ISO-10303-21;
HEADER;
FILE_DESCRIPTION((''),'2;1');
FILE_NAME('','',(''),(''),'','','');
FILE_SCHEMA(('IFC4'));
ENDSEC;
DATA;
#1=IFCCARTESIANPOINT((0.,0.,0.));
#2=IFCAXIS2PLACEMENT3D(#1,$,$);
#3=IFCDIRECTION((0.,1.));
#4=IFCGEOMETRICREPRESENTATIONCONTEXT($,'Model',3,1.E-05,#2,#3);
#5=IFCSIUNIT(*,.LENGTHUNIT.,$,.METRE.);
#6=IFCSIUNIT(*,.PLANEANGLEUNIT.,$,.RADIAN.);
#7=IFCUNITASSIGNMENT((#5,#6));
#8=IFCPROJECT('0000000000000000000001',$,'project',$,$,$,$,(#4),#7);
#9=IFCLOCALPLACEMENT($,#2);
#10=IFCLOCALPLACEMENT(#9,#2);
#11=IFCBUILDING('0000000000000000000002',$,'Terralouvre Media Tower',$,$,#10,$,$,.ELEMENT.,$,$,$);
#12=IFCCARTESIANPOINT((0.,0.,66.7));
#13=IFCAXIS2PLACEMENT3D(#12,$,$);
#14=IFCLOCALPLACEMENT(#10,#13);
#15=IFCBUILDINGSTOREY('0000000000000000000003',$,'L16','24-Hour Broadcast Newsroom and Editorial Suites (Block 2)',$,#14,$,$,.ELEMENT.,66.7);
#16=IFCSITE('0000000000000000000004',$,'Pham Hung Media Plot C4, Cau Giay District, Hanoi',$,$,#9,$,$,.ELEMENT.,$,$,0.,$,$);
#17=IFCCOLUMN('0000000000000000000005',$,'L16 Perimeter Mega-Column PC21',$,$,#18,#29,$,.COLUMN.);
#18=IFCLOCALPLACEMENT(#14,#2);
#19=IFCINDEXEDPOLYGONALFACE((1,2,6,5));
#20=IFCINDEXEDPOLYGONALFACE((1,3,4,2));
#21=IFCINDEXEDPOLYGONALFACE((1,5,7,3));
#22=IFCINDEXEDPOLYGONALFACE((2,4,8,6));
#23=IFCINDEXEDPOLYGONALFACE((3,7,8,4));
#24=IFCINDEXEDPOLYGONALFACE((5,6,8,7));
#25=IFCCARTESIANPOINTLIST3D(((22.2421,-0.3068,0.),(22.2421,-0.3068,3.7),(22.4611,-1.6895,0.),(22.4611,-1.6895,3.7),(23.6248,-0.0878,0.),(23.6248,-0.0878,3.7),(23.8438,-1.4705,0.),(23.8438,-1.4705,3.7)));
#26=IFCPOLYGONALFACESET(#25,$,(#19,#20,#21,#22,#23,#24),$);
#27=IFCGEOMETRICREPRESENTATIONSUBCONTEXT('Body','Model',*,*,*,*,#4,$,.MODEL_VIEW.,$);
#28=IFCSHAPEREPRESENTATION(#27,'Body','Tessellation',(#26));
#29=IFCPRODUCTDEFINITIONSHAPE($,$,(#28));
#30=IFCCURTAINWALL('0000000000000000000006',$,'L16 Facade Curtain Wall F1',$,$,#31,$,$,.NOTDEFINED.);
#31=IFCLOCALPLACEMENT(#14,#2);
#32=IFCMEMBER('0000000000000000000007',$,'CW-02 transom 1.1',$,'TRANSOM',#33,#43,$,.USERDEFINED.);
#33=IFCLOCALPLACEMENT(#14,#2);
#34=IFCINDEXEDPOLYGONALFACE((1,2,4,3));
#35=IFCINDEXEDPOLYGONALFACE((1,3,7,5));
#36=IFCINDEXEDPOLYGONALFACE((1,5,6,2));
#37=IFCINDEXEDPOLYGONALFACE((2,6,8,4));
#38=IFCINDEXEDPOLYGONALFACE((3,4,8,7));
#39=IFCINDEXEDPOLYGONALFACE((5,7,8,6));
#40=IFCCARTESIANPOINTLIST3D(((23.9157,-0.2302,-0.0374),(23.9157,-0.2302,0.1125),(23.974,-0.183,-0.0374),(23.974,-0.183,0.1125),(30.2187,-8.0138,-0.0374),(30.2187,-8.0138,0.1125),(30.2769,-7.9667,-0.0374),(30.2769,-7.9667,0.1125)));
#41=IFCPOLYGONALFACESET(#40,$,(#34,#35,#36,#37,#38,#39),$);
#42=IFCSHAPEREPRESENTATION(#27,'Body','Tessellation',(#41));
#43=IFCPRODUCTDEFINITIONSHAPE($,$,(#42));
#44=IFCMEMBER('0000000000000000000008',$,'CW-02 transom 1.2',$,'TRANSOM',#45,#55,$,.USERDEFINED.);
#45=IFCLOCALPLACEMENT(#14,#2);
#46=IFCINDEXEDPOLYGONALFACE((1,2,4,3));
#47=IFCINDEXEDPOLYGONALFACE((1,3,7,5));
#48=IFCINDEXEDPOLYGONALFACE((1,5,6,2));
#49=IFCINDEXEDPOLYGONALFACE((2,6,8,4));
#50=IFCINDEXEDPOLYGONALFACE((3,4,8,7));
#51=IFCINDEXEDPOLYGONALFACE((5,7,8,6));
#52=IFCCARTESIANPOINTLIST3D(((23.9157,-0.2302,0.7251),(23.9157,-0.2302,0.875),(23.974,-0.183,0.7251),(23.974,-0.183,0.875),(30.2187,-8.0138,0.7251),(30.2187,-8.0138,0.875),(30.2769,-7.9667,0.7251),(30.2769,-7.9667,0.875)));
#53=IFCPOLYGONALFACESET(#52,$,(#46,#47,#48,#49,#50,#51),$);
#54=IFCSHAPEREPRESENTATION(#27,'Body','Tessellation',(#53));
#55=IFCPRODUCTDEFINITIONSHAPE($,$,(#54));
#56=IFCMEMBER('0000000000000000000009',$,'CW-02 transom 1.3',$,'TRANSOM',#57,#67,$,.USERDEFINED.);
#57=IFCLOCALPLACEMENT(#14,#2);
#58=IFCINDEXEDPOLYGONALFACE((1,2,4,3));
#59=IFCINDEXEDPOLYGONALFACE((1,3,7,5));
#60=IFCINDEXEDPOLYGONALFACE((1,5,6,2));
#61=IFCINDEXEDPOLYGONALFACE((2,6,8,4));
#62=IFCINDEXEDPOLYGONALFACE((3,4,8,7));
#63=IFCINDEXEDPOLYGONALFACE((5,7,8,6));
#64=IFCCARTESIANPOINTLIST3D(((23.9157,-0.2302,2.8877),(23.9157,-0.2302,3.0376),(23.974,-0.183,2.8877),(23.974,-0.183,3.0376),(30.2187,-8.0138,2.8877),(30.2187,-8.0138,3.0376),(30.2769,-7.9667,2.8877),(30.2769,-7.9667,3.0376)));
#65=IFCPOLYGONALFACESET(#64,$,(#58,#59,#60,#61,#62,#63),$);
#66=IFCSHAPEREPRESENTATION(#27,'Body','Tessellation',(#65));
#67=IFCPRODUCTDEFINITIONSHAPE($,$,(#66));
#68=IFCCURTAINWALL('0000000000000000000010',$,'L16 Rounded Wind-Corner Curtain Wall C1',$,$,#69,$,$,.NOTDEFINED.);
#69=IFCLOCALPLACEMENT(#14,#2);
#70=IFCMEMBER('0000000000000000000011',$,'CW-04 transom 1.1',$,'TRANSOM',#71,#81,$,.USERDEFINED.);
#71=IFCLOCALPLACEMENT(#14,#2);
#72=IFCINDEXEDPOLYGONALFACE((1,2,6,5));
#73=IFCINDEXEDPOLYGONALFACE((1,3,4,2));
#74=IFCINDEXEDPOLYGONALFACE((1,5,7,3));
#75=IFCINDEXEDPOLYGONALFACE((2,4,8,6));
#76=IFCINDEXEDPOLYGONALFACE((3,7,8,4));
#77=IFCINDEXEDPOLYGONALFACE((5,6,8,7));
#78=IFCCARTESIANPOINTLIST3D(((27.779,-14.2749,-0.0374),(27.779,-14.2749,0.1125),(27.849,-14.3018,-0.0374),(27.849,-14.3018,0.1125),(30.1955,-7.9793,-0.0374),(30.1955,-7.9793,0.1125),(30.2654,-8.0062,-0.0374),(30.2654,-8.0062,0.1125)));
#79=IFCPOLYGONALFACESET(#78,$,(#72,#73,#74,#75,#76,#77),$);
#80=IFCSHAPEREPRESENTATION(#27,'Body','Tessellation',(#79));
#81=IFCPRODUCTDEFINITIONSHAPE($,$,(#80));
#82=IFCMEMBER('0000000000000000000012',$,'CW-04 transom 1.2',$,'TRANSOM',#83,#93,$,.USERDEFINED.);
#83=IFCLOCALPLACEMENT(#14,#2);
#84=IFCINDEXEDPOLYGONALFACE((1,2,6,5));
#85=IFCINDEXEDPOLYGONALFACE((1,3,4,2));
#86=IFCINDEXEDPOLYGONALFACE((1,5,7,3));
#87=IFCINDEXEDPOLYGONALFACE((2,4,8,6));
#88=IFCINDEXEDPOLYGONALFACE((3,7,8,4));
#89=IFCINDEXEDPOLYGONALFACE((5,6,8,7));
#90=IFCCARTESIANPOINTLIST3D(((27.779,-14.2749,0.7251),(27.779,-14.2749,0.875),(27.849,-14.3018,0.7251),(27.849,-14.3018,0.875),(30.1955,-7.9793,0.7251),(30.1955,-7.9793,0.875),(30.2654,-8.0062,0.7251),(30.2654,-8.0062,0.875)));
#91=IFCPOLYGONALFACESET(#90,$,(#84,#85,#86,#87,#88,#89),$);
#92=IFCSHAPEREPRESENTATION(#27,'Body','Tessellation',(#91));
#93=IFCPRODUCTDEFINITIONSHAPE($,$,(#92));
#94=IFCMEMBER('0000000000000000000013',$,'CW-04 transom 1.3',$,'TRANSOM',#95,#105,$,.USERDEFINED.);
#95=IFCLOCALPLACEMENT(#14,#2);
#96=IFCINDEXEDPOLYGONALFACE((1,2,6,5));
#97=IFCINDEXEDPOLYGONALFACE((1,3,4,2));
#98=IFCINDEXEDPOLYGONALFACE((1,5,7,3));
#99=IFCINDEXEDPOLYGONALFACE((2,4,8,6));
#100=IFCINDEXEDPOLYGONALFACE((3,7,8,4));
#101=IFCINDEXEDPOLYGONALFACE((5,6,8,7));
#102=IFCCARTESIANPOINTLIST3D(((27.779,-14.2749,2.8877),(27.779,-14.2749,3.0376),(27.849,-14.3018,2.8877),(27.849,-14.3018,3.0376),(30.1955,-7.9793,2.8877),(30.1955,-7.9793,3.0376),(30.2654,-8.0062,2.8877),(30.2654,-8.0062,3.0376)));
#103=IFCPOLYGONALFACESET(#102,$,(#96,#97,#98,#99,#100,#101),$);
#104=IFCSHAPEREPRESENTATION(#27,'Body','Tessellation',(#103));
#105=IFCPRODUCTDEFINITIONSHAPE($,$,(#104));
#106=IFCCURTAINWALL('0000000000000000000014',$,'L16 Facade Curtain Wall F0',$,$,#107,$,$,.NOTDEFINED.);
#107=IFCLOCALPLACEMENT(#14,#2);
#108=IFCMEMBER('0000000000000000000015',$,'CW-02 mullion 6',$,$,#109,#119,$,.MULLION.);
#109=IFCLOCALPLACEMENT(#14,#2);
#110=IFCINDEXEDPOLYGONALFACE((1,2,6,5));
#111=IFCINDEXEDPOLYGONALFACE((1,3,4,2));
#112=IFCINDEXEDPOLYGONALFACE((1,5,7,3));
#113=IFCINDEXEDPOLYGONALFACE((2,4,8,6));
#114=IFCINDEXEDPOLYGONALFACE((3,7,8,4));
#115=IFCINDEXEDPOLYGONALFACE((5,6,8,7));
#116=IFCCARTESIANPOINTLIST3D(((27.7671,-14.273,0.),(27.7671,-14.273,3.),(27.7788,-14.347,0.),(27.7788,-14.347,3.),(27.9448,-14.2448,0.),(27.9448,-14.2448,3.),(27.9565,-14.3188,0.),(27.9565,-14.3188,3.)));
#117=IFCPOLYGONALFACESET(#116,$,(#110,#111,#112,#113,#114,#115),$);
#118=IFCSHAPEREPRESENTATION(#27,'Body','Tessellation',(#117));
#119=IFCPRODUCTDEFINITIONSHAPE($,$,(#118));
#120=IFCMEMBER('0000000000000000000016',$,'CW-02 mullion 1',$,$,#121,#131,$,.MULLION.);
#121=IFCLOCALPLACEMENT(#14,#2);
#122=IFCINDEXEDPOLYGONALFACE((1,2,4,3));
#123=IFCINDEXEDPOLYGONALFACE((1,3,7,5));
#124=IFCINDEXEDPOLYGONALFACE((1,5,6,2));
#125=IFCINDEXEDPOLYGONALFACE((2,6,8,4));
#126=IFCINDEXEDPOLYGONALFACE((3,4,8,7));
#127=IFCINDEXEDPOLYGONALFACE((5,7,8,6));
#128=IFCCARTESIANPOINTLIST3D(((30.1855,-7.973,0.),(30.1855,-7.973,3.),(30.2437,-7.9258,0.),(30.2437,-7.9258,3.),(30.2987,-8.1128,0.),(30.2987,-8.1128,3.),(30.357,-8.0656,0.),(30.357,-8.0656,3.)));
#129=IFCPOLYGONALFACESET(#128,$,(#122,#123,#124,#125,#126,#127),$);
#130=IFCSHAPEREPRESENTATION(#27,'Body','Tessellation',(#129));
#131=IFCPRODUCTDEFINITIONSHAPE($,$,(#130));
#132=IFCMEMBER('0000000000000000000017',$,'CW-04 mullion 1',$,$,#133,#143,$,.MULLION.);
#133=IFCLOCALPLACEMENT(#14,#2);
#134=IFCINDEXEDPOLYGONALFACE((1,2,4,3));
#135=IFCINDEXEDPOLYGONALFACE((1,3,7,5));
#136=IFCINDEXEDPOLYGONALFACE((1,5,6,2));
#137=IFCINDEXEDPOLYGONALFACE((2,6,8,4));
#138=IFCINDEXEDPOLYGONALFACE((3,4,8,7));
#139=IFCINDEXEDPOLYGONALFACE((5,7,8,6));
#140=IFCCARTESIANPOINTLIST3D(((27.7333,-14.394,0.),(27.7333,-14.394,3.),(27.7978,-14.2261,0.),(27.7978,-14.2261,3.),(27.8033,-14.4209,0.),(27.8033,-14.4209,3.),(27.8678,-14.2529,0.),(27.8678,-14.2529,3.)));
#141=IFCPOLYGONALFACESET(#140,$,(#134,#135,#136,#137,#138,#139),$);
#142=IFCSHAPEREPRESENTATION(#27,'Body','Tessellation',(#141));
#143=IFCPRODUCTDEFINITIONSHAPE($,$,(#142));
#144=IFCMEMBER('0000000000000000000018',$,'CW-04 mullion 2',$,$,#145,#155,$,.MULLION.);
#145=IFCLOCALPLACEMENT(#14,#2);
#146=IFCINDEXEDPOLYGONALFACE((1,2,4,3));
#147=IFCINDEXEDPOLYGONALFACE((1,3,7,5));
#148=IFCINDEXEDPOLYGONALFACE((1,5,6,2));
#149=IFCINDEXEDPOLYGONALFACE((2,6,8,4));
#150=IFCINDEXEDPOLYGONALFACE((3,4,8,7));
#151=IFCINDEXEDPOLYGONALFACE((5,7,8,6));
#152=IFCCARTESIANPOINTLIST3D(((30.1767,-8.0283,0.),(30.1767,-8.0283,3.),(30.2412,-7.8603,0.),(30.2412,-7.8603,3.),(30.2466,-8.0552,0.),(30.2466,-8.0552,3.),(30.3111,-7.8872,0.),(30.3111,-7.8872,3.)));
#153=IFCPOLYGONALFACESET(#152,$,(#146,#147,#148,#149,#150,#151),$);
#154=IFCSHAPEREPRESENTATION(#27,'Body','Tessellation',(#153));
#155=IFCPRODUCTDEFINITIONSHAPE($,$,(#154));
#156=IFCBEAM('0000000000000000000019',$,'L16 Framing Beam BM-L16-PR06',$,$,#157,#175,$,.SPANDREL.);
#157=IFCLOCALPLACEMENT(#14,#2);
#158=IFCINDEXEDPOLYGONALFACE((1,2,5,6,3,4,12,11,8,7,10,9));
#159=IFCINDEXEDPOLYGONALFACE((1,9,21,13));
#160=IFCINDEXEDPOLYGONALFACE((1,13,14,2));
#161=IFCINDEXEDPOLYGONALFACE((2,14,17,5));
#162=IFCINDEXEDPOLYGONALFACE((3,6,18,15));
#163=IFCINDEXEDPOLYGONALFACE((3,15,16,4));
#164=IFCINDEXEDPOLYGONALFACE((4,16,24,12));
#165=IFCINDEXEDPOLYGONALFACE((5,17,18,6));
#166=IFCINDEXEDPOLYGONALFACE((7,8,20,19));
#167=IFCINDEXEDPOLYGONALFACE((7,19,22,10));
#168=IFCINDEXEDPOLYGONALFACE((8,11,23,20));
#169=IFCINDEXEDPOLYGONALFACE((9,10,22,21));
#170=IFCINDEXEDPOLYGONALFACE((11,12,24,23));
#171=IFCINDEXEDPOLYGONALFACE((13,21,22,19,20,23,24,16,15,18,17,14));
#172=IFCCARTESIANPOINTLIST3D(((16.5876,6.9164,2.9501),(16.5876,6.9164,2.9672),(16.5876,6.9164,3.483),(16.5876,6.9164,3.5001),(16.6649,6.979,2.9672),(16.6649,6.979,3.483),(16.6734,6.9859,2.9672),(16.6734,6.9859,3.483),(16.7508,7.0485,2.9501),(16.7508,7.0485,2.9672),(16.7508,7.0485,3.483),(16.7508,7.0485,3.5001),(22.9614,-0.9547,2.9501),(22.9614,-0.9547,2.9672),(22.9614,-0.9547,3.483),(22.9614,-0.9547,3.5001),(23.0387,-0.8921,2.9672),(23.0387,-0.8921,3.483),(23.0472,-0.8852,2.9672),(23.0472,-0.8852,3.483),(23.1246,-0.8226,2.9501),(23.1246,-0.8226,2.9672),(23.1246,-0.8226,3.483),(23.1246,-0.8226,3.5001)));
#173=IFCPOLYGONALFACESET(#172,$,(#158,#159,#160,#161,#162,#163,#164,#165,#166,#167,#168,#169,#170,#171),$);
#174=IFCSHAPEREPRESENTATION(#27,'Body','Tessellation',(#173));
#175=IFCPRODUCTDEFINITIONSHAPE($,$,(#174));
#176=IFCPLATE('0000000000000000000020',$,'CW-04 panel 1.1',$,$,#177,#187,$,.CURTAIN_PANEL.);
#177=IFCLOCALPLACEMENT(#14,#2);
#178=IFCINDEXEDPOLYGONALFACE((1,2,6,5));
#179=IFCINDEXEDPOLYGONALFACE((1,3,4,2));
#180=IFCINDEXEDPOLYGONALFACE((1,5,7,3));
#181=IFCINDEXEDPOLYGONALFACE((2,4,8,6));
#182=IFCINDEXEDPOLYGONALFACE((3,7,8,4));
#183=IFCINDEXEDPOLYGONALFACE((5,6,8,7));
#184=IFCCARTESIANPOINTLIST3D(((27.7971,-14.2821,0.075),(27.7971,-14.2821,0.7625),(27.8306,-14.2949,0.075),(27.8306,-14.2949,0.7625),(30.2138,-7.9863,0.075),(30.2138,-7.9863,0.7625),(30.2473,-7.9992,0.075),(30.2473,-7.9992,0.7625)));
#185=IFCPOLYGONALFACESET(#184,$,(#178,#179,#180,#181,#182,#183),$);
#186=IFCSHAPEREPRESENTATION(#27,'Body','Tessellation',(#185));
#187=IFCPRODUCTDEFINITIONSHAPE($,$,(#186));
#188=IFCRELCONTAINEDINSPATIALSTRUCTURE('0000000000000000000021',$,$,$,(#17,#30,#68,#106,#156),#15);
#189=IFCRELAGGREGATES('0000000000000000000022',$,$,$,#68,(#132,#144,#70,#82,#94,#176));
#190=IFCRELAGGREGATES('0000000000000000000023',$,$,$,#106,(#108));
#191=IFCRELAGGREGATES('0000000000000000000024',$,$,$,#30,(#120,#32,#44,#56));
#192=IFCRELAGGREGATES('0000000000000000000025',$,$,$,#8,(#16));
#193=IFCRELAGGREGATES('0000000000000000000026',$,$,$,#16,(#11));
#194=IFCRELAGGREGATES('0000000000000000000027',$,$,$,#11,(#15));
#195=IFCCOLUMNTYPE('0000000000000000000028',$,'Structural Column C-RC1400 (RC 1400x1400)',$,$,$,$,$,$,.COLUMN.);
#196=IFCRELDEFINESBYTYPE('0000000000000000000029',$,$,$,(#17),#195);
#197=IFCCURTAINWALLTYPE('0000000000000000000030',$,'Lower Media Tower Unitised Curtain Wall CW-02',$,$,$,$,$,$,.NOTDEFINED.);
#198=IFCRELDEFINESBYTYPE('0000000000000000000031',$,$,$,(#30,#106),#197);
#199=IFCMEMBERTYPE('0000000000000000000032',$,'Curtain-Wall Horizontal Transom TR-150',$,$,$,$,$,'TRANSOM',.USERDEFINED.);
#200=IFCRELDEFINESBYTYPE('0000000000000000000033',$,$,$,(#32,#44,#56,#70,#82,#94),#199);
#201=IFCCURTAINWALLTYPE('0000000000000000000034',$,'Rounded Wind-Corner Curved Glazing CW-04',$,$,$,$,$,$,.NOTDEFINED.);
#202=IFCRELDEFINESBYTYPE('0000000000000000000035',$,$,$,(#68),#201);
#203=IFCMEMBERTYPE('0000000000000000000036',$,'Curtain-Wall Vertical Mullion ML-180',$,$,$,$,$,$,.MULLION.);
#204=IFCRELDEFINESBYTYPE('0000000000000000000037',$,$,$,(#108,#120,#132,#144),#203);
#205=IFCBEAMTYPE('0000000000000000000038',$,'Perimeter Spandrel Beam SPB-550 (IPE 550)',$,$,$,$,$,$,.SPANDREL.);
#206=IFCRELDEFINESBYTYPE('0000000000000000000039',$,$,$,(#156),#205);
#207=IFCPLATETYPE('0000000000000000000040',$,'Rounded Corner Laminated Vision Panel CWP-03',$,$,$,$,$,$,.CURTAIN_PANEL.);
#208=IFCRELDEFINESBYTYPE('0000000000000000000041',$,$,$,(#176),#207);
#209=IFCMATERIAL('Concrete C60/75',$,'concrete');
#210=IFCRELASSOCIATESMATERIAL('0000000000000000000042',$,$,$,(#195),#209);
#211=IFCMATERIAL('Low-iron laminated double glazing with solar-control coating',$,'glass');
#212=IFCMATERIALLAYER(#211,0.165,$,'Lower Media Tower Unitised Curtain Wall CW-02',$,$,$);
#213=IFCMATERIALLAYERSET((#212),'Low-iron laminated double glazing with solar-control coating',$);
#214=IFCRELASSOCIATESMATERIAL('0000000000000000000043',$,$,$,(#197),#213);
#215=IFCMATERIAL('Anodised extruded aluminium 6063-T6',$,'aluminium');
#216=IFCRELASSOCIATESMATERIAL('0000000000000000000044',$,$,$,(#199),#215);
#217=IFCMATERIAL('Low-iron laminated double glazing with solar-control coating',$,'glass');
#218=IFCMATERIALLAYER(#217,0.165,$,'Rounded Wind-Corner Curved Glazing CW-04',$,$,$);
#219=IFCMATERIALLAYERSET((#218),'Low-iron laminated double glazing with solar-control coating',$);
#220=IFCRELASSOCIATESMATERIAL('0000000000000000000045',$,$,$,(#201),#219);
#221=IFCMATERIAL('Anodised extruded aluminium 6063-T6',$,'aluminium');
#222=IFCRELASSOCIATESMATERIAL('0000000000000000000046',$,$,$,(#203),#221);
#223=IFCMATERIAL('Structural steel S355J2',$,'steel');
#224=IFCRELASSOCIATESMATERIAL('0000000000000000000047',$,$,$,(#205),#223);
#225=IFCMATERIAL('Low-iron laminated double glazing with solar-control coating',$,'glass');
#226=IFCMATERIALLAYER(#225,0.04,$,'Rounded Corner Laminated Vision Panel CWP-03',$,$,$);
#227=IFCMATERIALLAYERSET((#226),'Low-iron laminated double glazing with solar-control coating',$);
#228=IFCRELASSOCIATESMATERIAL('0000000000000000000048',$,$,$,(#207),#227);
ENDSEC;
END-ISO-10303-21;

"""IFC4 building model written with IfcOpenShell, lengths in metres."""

from ifc_helpers import new_model, si_unit, direction, frame, origin, origin_2d, place, context, subcontext, project, spatial, rectangle, i_section, extrude, material, layer, layer_set, material_profile, profile_set, type_object, element, aggregate, save


model = new_model("IFC4")

# Units and contexts
model_context = context("Model", 3, precision=1e-05, world=origin(), true_north=direction((0.0, 1.0)))
body_context = subcontext(model_context, "Body", "Model", "MODEL_VIEW")
ifc_project = project(units=[si_unit("LENGTHUNIT", "METRE"), si_unit("PLANEANGLEUNIT", "RADIAN")], contexts=[model_context])

# Site, building, storey
site_placement = place(None, origin())
site = spatial("IfcSite", under=ifc_project, at=site_placement, Name="Pham Hung Media Plot C4, Cau Giay District, Hanoi", CompositionType="ELEMENT", RefElevation=0.0)
building_placement = place(site_placement, origin())
building = spatial("IfcBuilding", under=site, at=building_placement, Name="Terralouvre Media Tower", CompositionType="ELEMENT")
storey_placement = place(building_placement, frame((0.0, 0.0, 66.7)))
storey = spatial("IfcBuildingStorey", under=building, at=storey_placement, Name="L16", Description="24-Hour Broadcast Newsroom and Editorial Suites (Block 2)", CompositionType="ELEMENT", Elevation=66.7)

# Column
ifc_material_1 = material(Name="Concrete C60/75", Category="concrete")
ifc_material_profile_1 = material_profile(ifc_material_1, rectangle(XDim=1.3999, YDim=1.3999, at=origin_2d()), Name="RC 1400x1400")
ifc_profile_set_1 = profile_set([ifc_material_profile_1], Name="Concrete C60/75")
column_type = type_object("IfcColumnType", Name="Structural Column C-RC1400 (RC 1400x1400)", PredefinedType="COLUMN", material=ifc_profile_set_1)
column_placement = place(storey_placement, frame((23.043, -0.8887, 0.0), z_axis=(0.0, 0.0, 1.0), x_axis=(0.987688, 0.156434, 0.0)))
element("IfcColumn", 1, at=column_placement, inside=storey, type_object=column_type, Name="L16 Perimeter Mega-Column PC21", PredefinedType="COLUMN", context=body_context, shape_type="SweptSolid", body=[
    extrude(rectangle(XDim=1.3999, YDim=1.3999, at=origin_2d()), origin(), (0.0, 0.0, 1.0), 3.7),
])

# Curtain walls, members
ifc_material_2 = material(Name="Low-iron laminated double glazing with solar-control coating", Category="glass")
ifc_layer_1 = layer(ifc_material_2, 0.165, Name="Lower Media Tower Unitised Curtain Wall CW-02")
ifc_layer_set_1 = layer_set([ifc_layer_1], Name="Low-iron laminated double glazing with solar-control coating")
curtain_wall_type_1 = type_object("IfcCurtainWallType", Name="Lower Media Tower Unitised Curtain Wall CW-02", PredefinedType="NOTDEFINED", material=ifc_layer_set_1)
curtain_wall_1_placement = place(storey_placement, origin())
curtain_wall_1 = element("IfcCurtainWall", 2, at=curtain_wall_1_placement, inside=storey, type_object=curtain_wall_type_1, Name="L16 Facade Curtain Wall F1", PredefinedType="NOTDEFINED")
ifc_material_3 = material(Name="Anodised extruded aluminium 6063-T6", Category="aluminium")
ifc_material_profile_2 = material_profile(ifc_material_3, rectangle(XDim=0.075, YDim=0.1499, at=origin_2d()), Name="ALU 75x150")
ifc_profile_set_2 = profile_set([ifc_material_profile_2], Name="Anodised extruded aluminium 6063-T6")
member_type_1 = type_object("IfcMemberType", Name="Curtain-Wall Horizontal Transom TR-150", ElementType="TRANSOM", PredefinedType="USERDEFINED", material=ifc_profile_set_2)
member_1_placement = place(storey_placement, frame((30.2478, -7.9902, 0.0376), z_axis=(-0.629313, 0.777152, 0.0), x_axis=(-0.777152, -0.629313, 0.0)))
member_1 = element("IfcMember", 3, at=member_1_placement, type_object=member_type_1, Name="CW-02 transom 1.1", ObjectType="TRANSOM", PredefinedType="USERDEFINED", context=body_context, shape_type="SweptSolid", body=[
    extrude(rectangle(XDim=0.075, YDim=0.1499, at=origin_2d()), origin(), (0.0, 0.0, 1.0), 10.0156),
])
member_2_placement = place(storey_placement, frame((30.2478, -7.9902, 0.8), z_axis=(-0.629313, 0.777152, 0.0), x_axis=(-0.777152, -0.629313, 0.0)))
member_2 = element("IfcMember", 4, at=member_2_placement, type_object=member_type_1, Name="CW-02 transom 1.2", ObjectType="TRANSOM", PredefinedType="USERDEFINED", context=body_context, shape_type="SweptSolid", body=[
    extrude(rectangle(XDim=0.075, YDim=0.1499, at=origin_2d()), origin(), (0.0, 0.0, 1.0), 10.0156),
])
member_3_placement = place(storey_placement, frame((30.2478, -7.9902, 2.9626), z_axis=(-0.629313, 0.777152, 0.0), x_axis=(-0.777152, -0.629313, 0.0)))
member_3 = element("IfcMember", 5, at=member_3_placement, type_object=member_type_1, Name="CW-02 transom 1.3", ObjectType="TRANSOM", PredefinedType="USERDEFINED", context=body_context, shape_type="SweptSolid", body=[
    extrude(rectangle(XDim=0.075, YDim=0.1499, at=origin_2d()), origin(), (0.0, 0.0, 1.0), 10.0156),
])
ifc_material_4 = material(Name="Low-iron laminated double glazing with solar-control coating", Category="glass")
ifc_layer_2 = layer(ifc_material_4, 0.165, Name="Rounded Wind-Corner Curved Glazing CW-04")
ifc_layer_set_2 = layer_set([ifc_layer_2], Name="Low-iron laminated double glazing with solar-control coating")
curtain_wall_type_2 = type_object("IfcCurtainWallType", Name="Rounded Wind-Corner Curved Glazing CW-04", PredefinedType="NOTDEFINED", material=ifc_layer_set_2)
curtain_wall_2_placement = place(storey_placement, origin())
curtain_wall_2 = element("IfcCurtainWall", 6, at=curtain_wall_2_placement, inside=storey, type_object=curtain_wall_type_2, Name="L16 Rounded Wind-Corner Curtain Wall C1", PredefinedType="NOTDEFINED")
member_4_placement = place(storey_placement, frame((27.814, -14.2883, 0.0376), z_axis=(0.358346, 0.933589, 0.0), x_axis=(-0.933589, 0.358346, 0.0)))
member_4 = element("IfcMember", 7, at=member_4_placement, type_object=member_type_1, Name="CW-04 transom 1.1", ObjectType="TRANSOM", PredefinedType="USERDEFINED", context=body_context, shape_type="SweptSolid", body=[
    extrude(rectangle(XDim=0.075, YDim=0.1499, at=origin_2d()), origin(), (0.0, 0.0, 1.0), 6.7434),
])
member_5_placement = place(storey_placement, frame((27.814, -14.2883, 0.8), z_axis=(0.358346, 0.933589, 0.0), x_axis=(-0.933589, 0.358346, 0.0)))
member_5 = element("IfcMember", 8, at=member_5_placement, type_object=member_type_1, Name="CW-04 transom 1.2", ObjectType="TRANSOM", PredefinedType="USERDEFINED", context=body_context, shape_type="SweptSolid", body=[
    extrude(rectangle(XDim=0.075, YDim=0.1499, at=origin_2d()), origin(), (0.0, 0.0, 1.0), 6.7434),
])
member_6_placement = place(storey_placement, frame((27.814, -14.2883, 2.9626), z_axis=(0.358346, 0.933589, 0.0), x_axis=(-0.933589, 0.358346, 0.0)))
member_6 = element("IfcMember", 9, at=member_6_placement, type_object=member_type_1, Name="CW-04 transom 1.3", ObjectType="TRANSOM", PredefinedType="USERDEFINED", context=body_context, shape_type="SweptSolid", body=[
    extrude(rectangle(XDim=0.075, YDim=0.1499, at=origin_2d()), origin(), (0.0, 0.0, 1.0), 6.7434),
])

# Curtain wall, member
curtain_wall_3_placement = place(storey_placement, origin())
curtain_wall_3 = element("IfcCurtainWall", 10, at=curtain_wall_3_placement, inside=storey, type_object=curtain_wall_type_1, Name="L16 Facade Curtain Wall F0", PredefinedType="NOTDEFINED")
ifc_material_5 = material(Name="Anodised extruded aluminium 6063-T6", Category="aluminium")
ifc_material_profile_3 = material_profile(ifc_material_5, rectangle(XDim=0.075, YDim=0.1799, at=origin_2d()), Name="ALU 75x180")
ifc_profile_set_3 = profile_set([ifc_material_profile_3], Name="Anodised extruded aluminium 6063-T6")
member_type_2 = type_object("IfcMemberType", Name="Curtain-Wall Vertical Mullion ML-180", PredefinedType="MULLION", material=ifc_profile_set_3)
member_7_placement = place(storey_placement, frame((27.8618, -14.2959, 0.0), z_axis=(0.0, 0.0, 1.0), x_axis=(-0.156434, 0.987688, 0.0)))
member_7 = element("IfcMember", 11, at=member_7_placement, type_object=member_type_2, Name="CW-02 mullion 6", PredefinedType="MULLION", context=body_context, shape_type="SweptSolid", body=[
    extrude(rectangle(XDim=0.075, YDim=0.1799, at=origin_2d()), origin(), (0.0, 0.0, 1.0), 3.0),
])

# Members
member_8_placement = place(storey_placement, frame((30.2712, -8.0193, 0.0), z_axis=(0.0, 0.0, 1.0), x_axis=(-0.777146, -0.62932, 0.0)))
member_8 = element("IfcMember", 12, at=member_8_placement, type_object=member_type_2, Name="CW-02 mullion 1", PredefinedType="MULLION", context=body_context, shape_type="SweptSolid", body=[
    extrude(rectangle(XDim=0.075, YDim=0.1799, at=origin_2d()), origin(), (0.0, 0.0, 1.0), 3.0),
])
member_9_placement = place(storey_placement, frame((27.8005, -14.3235, 0.0), z_axis=(0.0, 0.0, 1.0), x_axis=(-0.933581, 0.358367, 0.0)))
member_9 = element("IfcMember", 13, at=member_9_placement, type_object=member_type_2, Name="CW-04 mullion 1", PredefinedType="MULLION", context=body_context, shape_type="SweptSolid", body=[
    extrude(rectangle(XDim=0.075, YDim=0.1799, at=origin_2d()), origin(), (0.0, 0.0, 1.0), 3.0),
])
member_10_placement = place(storey_placement, frame((30.2439, -7.9578, 0.0), z_axis=(0.0, 0.0, 1.0), x_axis=(-0.933581, 0.358367, 0.0)))
member_10 = element("IfcMember", 14, at=member_10_placement, type_object=member_type_2, Name="CW-04 mullion 2", PredefinedType="MULLION", context=body_context, shape_type="SweptSolid", body=[
    extrude(rectangle(XDim=0.075, YDim=0.1799, at=origin_2d()), origin(), (0.0, 0.0, 1.0), 3.0),
])

# Beam
ifc_material_6 = material(Name="Structural steel S355J2", Category="steel")
ifc_material_profile_4 = material_profile(ifc_material_6, i_section(OverallWidth=0.21, OverallDepth=0.55, WebThickness=0.011, FlangeThickness=0.0171, at=origin_2d()), Name="IPE 550")
ifc_profile_set_4 = profile_set([ifc_material_profile_4], Name="Structural steel S355J2")
beam_type = type_object("IfcBeamType", Name="Perimeter Spandrel Beam SPB-550 (IPE 550)", PredefinedType="SPANDREL", material=ifc_profile_set_4)
beam_placement = place(storey_placement, frame((23.043, -0.8887, 3.2251), z_axis=(-0.629314, 0.777151, 0.0), x_axis=(-0.777151, -0.629314, 0.0)))
element("IfcBeam", 15, at=beam_placement, inside=storey, type_object=beam_type, Name="L16 Framing Beam BM-L16-PR06", PredefinedType="SPANDREL", context=body_context, shape_type="SweptSolid", body=[
    extrude(i_section(OverallWidth=0.21, OverallDepth=0.55, WebThickness=0.011, FlangeThickness=0.0171, at=origin_2d()), origin(), (0.0, 0.0, 1.0), 10.1282),
])

# Plate
ifc_material_7 = material(Name="Low-iron laminated double glazing with solar-control coating", Category="glass")
ifc_layer_3 = layer(ifc_material_7, 0.04, Name="Rounded Corner Laminated Vision Panel CWP-03")
ifc_layer_set_3 = layer_set([ifc_layer_3], Name="Low-iron laminated double glazing with solar-control coating")
plate_type_1 = type_object("IfcPlateType", Name="Rounded Corner Laminated Vision Panel CWP-03", PredefinedType="CURTAIN_PANEL", material=ifc_layer_set_3)
plate_1_placement = place(storey_placement, frame((29.0222, -11.1406, 0.075), z_axis=(0.0, 0.0, 1.0), x_axis=(0.358367, 0.933581, 0.0)))
plate_1 = element("IfcPlate", 16, at=plate_1_placement, type_object=plate_type_1, Name="CW-04 panel 1.1", PredefinedType="CURTAIN_PANEL", context=body_context, shape_type="SweptSolid", body=[
    extrude(rectangle(XDim=6.7437, YDim=0.0359, at=origin_2d()), origin(), (0.0, 0.0, 1.0), 0.6875),
])
aggregate(curtain_wall_2, [member_9, member_10, member_4, member_5, member_6, plate_1])
aggregate(curtain_wall_3, [member_7])
aggregate(curtain_wall_1, [member_8, member_1, member_2, member_3])

save(model, "model.ifc")
